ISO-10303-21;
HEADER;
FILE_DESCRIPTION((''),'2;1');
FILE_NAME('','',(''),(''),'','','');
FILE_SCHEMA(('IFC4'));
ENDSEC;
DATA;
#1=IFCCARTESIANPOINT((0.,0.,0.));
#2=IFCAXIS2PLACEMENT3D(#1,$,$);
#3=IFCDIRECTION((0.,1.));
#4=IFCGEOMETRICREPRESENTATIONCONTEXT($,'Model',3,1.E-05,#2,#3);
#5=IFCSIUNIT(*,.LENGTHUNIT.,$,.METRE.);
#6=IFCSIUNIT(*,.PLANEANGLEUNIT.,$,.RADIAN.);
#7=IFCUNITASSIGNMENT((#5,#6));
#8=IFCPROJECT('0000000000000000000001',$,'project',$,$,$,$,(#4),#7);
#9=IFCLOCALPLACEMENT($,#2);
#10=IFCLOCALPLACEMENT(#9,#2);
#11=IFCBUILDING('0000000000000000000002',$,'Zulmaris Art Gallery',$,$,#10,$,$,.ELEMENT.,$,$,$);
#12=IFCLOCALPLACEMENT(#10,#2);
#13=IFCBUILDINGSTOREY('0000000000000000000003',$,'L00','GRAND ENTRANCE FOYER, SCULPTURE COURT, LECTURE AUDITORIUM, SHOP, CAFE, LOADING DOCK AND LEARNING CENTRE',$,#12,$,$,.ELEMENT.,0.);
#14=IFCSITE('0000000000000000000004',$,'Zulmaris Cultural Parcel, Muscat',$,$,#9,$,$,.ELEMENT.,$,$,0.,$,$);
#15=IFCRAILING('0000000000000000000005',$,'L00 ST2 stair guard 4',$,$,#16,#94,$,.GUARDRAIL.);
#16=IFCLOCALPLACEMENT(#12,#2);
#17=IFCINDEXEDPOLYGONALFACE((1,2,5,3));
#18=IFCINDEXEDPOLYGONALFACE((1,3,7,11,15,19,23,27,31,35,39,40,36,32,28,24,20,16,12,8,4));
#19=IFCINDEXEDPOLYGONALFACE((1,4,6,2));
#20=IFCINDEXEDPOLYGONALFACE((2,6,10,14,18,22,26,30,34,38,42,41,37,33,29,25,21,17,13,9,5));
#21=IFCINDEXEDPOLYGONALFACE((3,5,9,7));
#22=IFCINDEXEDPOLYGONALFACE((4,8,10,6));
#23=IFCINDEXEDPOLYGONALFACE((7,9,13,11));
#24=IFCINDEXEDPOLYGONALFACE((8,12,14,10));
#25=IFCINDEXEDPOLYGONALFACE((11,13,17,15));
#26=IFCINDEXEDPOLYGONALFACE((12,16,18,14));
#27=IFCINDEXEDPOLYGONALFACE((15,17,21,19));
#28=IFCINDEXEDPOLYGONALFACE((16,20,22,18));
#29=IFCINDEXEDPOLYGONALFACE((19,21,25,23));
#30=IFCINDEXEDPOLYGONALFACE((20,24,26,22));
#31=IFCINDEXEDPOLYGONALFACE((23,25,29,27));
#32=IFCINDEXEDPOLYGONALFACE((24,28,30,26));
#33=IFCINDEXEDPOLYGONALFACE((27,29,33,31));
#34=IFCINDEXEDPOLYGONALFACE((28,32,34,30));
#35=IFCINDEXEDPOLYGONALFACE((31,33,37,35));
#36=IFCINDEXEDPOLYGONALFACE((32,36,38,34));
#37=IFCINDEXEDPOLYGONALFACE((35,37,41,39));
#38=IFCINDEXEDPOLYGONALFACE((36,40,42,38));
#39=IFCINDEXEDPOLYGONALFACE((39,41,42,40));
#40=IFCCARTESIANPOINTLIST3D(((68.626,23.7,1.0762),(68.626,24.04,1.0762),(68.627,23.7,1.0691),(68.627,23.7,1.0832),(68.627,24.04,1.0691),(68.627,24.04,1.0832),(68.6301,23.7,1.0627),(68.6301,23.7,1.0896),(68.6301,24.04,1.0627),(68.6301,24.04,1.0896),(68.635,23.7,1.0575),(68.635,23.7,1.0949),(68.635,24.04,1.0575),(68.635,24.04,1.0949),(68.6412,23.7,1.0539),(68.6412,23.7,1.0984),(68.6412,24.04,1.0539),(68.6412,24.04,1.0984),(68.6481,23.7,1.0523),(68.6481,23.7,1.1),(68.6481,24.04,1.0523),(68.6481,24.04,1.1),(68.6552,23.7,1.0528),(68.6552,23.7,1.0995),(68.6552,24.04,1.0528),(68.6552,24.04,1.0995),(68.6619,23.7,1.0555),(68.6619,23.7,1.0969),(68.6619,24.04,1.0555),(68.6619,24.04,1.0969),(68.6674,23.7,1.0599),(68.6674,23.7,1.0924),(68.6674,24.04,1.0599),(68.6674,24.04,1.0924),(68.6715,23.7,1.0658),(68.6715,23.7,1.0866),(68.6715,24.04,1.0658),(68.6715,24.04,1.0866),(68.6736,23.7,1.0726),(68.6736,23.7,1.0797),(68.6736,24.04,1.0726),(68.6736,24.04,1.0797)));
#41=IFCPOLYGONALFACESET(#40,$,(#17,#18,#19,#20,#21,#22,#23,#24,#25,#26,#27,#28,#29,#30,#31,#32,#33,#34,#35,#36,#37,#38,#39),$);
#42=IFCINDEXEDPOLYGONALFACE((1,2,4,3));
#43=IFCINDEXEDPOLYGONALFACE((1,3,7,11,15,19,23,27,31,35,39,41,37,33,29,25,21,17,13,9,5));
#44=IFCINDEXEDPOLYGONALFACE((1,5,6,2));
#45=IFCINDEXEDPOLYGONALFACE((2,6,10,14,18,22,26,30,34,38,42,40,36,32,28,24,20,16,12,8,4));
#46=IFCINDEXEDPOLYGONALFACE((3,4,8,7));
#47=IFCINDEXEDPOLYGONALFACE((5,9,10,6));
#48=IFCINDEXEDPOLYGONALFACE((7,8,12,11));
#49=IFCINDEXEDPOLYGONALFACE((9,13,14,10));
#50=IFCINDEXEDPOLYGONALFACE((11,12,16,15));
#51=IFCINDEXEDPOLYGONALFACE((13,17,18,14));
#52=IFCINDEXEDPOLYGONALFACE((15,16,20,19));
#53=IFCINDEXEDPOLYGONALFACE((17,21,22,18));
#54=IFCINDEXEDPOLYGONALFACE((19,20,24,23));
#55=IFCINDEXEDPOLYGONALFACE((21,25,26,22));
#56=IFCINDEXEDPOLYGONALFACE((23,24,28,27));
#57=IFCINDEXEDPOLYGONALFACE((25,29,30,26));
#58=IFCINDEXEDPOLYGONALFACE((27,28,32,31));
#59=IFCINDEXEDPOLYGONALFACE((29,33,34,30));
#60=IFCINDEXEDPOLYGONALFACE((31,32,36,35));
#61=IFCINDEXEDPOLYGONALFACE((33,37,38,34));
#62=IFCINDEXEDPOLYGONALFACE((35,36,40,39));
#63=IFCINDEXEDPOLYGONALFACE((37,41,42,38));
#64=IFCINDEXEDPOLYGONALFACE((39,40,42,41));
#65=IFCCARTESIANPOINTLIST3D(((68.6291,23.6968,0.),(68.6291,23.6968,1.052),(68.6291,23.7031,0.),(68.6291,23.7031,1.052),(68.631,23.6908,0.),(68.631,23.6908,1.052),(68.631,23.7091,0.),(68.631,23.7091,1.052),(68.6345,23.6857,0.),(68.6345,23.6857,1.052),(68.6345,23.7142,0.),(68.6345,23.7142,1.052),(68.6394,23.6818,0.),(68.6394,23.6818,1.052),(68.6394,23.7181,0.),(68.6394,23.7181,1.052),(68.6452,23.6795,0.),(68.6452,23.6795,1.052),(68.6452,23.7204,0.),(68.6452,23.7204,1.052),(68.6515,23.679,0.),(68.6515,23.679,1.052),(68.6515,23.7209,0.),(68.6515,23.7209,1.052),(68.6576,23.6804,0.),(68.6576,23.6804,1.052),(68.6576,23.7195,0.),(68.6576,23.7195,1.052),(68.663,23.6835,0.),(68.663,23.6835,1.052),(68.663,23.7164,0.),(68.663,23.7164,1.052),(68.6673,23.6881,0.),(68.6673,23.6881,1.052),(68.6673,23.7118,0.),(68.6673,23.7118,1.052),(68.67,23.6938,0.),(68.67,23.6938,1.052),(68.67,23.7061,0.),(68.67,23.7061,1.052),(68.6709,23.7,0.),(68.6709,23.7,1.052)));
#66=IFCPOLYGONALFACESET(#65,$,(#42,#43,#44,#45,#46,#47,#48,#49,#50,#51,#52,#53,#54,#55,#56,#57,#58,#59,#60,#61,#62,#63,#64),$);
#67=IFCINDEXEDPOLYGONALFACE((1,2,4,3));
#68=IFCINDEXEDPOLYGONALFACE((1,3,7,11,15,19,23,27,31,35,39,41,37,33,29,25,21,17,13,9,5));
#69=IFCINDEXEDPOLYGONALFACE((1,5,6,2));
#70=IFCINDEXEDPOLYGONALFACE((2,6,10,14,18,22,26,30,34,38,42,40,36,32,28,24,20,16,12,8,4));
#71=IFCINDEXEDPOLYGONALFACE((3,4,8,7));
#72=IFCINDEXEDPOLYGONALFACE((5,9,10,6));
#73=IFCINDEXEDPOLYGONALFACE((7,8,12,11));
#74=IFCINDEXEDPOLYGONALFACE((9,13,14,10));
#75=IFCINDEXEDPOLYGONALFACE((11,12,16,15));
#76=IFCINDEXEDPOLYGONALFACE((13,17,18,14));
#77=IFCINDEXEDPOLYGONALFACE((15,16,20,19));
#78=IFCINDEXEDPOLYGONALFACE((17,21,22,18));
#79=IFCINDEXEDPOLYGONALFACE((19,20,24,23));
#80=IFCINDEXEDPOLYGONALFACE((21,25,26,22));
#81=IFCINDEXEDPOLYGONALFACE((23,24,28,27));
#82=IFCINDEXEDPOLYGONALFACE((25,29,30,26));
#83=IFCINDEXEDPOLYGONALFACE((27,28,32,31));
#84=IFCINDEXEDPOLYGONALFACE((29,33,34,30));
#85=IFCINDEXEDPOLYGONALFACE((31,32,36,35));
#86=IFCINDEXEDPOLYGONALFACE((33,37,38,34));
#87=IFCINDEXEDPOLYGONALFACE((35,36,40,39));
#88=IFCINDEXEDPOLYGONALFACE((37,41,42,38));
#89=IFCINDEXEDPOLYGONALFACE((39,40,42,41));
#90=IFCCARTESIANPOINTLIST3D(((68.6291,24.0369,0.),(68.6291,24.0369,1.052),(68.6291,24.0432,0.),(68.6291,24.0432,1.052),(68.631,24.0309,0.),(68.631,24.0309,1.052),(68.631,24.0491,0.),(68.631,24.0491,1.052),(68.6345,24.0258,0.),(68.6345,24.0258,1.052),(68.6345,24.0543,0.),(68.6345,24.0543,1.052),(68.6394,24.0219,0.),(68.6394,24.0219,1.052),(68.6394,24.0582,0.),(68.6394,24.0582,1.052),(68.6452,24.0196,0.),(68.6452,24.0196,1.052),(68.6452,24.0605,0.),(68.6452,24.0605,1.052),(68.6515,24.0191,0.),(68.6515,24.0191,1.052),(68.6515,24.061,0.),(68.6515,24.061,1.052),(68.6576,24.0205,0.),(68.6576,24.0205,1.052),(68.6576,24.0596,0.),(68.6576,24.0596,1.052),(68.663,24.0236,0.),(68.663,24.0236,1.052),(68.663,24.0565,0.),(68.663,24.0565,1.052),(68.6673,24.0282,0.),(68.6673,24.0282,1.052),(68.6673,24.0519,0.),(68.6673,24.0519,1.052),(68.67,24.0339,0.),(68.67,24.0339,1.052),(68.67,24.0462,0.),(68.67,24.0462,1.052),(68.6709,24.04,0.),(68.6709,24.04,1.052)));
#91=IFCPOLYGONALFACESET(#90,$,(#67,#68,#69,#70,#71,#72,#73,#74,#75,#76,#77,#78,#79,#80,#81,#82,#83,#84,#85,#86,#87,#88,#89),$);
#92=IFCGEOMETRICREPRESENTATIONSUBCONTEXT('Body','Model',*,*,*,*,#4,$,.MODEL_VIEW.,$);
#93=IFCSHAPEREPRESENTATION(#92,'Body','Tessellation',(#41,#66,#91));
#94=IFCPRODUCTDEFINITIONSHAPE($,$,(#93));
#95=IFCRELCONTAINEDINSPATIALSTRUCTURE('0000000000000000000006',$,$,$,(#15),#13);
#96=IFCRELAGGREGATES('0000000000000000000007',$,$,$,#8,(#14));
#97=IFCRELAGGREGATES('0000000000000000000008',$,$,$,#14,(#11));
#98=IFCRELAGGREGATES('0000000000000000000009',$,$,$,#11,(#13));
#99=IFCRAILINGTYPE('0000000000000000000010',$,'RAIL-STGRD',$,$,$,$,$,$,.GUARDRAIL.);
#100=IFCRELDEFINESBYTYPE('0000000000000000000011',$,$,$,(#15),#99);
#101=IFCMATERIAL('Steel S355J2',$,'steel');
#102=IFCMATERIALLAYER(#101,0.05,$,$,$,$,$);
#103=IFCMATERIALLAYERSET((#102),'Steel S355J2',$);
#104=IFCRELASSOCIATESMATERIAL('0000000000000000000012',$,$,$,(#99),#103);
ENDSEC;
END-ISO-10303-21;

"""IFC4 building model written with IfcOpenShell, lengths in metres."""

from ifc_helpers import new_model, si_unit, direction, frame, origin, origin_2d, place, context, subcontext, project, spatial, circle, extrude, material, layer, layer_set, type_object, element, save


model = new_model("IFC4")

# Units and contexts
model_context = context("Model", 3, precision=1e-05, world=origin(), true_north=direction((0.0, 1.0)))
body_context = subcontext(model_context, "Body", "Model", "MODEL_VIEW")
ifc_project = project(units=[si_unit("LENGTHUNIT", "METRE"), si_unit("PLANEANGLEUNIT", "RADIAN")], contexts=[model_context])

# Site, building, storey
site_placement = place(None, origin())
site = spatial("IfcSite", under=ifc_project, at=site_placement, Name="Zulmaris Cultural Parcel, Muscat", CompositionType="ELEMENT", RefElevation=0.0)
building_placement = place(site_placement, origin())
building = spatial("IfcBuilding", under=site, at=building_placement, Name="Zulmaris Art Gallery", CompositionType="ELEMENT")
storey_placement = place(building_placement, origin())
storey = spatial("IfcBuildingStorey", under=building, at=storey_placement, Name="L00", Description="GRAND ENTRANCE FOYER, SCULPTURE COURT, LECTURE AUDITORIUM, SHOP, CAFE, LOADING DOCK AND LEARNING CENTRE", CompositionType="ELEMENT", Elevation=0.0)

# Railing
ifc_material_1 = material(Name="Steel S355J2", Category="steel")
ifc_layer_1 = layer(ifc_material_1, 0.05)
ifc_layer_set_1 = layer_set([ifc_layer_1], Name="Steel S355J2")
railing_type_1 = type_object("IfcRailingType", Name="RAIL-STGRD", PredefinedType="GUARDRAIL", material=ifc_layer_set_1)
railing_1_placement = place(storey_placement, frame((68.6499, 23.7, 0.0)))
element("IfcRailing", 1, at=railing_1_placement, inside=storey, type_object=railing_type_1, Name="L00 ST2 stair guard 4", PredefinedType="GUARDRAIL", context=body_context, shape_type="SweptSolid", body=[
    extrude(circle(Radius=0.0239, at=origin_2d()), frame((0.0, 0.0, 1.0762), z_axis=(0.0, 1.0, 0.0), x_axis=(-1.0, 0.0, 0.0)), (0.0, 0.0, 1.0), 0.3401),
    extrude(circle(Radius=0.021, at=origin_2d()), origin(), (0.0, 0.0, 1.0), 1.052),
    extrude(circle(Radius=0.021, at=origin_2d()), frame((0.0, 0.3401, 0.0)), (0.0, 0.0, 1.0), 1.052),
])

save(model, "model.ifc")
